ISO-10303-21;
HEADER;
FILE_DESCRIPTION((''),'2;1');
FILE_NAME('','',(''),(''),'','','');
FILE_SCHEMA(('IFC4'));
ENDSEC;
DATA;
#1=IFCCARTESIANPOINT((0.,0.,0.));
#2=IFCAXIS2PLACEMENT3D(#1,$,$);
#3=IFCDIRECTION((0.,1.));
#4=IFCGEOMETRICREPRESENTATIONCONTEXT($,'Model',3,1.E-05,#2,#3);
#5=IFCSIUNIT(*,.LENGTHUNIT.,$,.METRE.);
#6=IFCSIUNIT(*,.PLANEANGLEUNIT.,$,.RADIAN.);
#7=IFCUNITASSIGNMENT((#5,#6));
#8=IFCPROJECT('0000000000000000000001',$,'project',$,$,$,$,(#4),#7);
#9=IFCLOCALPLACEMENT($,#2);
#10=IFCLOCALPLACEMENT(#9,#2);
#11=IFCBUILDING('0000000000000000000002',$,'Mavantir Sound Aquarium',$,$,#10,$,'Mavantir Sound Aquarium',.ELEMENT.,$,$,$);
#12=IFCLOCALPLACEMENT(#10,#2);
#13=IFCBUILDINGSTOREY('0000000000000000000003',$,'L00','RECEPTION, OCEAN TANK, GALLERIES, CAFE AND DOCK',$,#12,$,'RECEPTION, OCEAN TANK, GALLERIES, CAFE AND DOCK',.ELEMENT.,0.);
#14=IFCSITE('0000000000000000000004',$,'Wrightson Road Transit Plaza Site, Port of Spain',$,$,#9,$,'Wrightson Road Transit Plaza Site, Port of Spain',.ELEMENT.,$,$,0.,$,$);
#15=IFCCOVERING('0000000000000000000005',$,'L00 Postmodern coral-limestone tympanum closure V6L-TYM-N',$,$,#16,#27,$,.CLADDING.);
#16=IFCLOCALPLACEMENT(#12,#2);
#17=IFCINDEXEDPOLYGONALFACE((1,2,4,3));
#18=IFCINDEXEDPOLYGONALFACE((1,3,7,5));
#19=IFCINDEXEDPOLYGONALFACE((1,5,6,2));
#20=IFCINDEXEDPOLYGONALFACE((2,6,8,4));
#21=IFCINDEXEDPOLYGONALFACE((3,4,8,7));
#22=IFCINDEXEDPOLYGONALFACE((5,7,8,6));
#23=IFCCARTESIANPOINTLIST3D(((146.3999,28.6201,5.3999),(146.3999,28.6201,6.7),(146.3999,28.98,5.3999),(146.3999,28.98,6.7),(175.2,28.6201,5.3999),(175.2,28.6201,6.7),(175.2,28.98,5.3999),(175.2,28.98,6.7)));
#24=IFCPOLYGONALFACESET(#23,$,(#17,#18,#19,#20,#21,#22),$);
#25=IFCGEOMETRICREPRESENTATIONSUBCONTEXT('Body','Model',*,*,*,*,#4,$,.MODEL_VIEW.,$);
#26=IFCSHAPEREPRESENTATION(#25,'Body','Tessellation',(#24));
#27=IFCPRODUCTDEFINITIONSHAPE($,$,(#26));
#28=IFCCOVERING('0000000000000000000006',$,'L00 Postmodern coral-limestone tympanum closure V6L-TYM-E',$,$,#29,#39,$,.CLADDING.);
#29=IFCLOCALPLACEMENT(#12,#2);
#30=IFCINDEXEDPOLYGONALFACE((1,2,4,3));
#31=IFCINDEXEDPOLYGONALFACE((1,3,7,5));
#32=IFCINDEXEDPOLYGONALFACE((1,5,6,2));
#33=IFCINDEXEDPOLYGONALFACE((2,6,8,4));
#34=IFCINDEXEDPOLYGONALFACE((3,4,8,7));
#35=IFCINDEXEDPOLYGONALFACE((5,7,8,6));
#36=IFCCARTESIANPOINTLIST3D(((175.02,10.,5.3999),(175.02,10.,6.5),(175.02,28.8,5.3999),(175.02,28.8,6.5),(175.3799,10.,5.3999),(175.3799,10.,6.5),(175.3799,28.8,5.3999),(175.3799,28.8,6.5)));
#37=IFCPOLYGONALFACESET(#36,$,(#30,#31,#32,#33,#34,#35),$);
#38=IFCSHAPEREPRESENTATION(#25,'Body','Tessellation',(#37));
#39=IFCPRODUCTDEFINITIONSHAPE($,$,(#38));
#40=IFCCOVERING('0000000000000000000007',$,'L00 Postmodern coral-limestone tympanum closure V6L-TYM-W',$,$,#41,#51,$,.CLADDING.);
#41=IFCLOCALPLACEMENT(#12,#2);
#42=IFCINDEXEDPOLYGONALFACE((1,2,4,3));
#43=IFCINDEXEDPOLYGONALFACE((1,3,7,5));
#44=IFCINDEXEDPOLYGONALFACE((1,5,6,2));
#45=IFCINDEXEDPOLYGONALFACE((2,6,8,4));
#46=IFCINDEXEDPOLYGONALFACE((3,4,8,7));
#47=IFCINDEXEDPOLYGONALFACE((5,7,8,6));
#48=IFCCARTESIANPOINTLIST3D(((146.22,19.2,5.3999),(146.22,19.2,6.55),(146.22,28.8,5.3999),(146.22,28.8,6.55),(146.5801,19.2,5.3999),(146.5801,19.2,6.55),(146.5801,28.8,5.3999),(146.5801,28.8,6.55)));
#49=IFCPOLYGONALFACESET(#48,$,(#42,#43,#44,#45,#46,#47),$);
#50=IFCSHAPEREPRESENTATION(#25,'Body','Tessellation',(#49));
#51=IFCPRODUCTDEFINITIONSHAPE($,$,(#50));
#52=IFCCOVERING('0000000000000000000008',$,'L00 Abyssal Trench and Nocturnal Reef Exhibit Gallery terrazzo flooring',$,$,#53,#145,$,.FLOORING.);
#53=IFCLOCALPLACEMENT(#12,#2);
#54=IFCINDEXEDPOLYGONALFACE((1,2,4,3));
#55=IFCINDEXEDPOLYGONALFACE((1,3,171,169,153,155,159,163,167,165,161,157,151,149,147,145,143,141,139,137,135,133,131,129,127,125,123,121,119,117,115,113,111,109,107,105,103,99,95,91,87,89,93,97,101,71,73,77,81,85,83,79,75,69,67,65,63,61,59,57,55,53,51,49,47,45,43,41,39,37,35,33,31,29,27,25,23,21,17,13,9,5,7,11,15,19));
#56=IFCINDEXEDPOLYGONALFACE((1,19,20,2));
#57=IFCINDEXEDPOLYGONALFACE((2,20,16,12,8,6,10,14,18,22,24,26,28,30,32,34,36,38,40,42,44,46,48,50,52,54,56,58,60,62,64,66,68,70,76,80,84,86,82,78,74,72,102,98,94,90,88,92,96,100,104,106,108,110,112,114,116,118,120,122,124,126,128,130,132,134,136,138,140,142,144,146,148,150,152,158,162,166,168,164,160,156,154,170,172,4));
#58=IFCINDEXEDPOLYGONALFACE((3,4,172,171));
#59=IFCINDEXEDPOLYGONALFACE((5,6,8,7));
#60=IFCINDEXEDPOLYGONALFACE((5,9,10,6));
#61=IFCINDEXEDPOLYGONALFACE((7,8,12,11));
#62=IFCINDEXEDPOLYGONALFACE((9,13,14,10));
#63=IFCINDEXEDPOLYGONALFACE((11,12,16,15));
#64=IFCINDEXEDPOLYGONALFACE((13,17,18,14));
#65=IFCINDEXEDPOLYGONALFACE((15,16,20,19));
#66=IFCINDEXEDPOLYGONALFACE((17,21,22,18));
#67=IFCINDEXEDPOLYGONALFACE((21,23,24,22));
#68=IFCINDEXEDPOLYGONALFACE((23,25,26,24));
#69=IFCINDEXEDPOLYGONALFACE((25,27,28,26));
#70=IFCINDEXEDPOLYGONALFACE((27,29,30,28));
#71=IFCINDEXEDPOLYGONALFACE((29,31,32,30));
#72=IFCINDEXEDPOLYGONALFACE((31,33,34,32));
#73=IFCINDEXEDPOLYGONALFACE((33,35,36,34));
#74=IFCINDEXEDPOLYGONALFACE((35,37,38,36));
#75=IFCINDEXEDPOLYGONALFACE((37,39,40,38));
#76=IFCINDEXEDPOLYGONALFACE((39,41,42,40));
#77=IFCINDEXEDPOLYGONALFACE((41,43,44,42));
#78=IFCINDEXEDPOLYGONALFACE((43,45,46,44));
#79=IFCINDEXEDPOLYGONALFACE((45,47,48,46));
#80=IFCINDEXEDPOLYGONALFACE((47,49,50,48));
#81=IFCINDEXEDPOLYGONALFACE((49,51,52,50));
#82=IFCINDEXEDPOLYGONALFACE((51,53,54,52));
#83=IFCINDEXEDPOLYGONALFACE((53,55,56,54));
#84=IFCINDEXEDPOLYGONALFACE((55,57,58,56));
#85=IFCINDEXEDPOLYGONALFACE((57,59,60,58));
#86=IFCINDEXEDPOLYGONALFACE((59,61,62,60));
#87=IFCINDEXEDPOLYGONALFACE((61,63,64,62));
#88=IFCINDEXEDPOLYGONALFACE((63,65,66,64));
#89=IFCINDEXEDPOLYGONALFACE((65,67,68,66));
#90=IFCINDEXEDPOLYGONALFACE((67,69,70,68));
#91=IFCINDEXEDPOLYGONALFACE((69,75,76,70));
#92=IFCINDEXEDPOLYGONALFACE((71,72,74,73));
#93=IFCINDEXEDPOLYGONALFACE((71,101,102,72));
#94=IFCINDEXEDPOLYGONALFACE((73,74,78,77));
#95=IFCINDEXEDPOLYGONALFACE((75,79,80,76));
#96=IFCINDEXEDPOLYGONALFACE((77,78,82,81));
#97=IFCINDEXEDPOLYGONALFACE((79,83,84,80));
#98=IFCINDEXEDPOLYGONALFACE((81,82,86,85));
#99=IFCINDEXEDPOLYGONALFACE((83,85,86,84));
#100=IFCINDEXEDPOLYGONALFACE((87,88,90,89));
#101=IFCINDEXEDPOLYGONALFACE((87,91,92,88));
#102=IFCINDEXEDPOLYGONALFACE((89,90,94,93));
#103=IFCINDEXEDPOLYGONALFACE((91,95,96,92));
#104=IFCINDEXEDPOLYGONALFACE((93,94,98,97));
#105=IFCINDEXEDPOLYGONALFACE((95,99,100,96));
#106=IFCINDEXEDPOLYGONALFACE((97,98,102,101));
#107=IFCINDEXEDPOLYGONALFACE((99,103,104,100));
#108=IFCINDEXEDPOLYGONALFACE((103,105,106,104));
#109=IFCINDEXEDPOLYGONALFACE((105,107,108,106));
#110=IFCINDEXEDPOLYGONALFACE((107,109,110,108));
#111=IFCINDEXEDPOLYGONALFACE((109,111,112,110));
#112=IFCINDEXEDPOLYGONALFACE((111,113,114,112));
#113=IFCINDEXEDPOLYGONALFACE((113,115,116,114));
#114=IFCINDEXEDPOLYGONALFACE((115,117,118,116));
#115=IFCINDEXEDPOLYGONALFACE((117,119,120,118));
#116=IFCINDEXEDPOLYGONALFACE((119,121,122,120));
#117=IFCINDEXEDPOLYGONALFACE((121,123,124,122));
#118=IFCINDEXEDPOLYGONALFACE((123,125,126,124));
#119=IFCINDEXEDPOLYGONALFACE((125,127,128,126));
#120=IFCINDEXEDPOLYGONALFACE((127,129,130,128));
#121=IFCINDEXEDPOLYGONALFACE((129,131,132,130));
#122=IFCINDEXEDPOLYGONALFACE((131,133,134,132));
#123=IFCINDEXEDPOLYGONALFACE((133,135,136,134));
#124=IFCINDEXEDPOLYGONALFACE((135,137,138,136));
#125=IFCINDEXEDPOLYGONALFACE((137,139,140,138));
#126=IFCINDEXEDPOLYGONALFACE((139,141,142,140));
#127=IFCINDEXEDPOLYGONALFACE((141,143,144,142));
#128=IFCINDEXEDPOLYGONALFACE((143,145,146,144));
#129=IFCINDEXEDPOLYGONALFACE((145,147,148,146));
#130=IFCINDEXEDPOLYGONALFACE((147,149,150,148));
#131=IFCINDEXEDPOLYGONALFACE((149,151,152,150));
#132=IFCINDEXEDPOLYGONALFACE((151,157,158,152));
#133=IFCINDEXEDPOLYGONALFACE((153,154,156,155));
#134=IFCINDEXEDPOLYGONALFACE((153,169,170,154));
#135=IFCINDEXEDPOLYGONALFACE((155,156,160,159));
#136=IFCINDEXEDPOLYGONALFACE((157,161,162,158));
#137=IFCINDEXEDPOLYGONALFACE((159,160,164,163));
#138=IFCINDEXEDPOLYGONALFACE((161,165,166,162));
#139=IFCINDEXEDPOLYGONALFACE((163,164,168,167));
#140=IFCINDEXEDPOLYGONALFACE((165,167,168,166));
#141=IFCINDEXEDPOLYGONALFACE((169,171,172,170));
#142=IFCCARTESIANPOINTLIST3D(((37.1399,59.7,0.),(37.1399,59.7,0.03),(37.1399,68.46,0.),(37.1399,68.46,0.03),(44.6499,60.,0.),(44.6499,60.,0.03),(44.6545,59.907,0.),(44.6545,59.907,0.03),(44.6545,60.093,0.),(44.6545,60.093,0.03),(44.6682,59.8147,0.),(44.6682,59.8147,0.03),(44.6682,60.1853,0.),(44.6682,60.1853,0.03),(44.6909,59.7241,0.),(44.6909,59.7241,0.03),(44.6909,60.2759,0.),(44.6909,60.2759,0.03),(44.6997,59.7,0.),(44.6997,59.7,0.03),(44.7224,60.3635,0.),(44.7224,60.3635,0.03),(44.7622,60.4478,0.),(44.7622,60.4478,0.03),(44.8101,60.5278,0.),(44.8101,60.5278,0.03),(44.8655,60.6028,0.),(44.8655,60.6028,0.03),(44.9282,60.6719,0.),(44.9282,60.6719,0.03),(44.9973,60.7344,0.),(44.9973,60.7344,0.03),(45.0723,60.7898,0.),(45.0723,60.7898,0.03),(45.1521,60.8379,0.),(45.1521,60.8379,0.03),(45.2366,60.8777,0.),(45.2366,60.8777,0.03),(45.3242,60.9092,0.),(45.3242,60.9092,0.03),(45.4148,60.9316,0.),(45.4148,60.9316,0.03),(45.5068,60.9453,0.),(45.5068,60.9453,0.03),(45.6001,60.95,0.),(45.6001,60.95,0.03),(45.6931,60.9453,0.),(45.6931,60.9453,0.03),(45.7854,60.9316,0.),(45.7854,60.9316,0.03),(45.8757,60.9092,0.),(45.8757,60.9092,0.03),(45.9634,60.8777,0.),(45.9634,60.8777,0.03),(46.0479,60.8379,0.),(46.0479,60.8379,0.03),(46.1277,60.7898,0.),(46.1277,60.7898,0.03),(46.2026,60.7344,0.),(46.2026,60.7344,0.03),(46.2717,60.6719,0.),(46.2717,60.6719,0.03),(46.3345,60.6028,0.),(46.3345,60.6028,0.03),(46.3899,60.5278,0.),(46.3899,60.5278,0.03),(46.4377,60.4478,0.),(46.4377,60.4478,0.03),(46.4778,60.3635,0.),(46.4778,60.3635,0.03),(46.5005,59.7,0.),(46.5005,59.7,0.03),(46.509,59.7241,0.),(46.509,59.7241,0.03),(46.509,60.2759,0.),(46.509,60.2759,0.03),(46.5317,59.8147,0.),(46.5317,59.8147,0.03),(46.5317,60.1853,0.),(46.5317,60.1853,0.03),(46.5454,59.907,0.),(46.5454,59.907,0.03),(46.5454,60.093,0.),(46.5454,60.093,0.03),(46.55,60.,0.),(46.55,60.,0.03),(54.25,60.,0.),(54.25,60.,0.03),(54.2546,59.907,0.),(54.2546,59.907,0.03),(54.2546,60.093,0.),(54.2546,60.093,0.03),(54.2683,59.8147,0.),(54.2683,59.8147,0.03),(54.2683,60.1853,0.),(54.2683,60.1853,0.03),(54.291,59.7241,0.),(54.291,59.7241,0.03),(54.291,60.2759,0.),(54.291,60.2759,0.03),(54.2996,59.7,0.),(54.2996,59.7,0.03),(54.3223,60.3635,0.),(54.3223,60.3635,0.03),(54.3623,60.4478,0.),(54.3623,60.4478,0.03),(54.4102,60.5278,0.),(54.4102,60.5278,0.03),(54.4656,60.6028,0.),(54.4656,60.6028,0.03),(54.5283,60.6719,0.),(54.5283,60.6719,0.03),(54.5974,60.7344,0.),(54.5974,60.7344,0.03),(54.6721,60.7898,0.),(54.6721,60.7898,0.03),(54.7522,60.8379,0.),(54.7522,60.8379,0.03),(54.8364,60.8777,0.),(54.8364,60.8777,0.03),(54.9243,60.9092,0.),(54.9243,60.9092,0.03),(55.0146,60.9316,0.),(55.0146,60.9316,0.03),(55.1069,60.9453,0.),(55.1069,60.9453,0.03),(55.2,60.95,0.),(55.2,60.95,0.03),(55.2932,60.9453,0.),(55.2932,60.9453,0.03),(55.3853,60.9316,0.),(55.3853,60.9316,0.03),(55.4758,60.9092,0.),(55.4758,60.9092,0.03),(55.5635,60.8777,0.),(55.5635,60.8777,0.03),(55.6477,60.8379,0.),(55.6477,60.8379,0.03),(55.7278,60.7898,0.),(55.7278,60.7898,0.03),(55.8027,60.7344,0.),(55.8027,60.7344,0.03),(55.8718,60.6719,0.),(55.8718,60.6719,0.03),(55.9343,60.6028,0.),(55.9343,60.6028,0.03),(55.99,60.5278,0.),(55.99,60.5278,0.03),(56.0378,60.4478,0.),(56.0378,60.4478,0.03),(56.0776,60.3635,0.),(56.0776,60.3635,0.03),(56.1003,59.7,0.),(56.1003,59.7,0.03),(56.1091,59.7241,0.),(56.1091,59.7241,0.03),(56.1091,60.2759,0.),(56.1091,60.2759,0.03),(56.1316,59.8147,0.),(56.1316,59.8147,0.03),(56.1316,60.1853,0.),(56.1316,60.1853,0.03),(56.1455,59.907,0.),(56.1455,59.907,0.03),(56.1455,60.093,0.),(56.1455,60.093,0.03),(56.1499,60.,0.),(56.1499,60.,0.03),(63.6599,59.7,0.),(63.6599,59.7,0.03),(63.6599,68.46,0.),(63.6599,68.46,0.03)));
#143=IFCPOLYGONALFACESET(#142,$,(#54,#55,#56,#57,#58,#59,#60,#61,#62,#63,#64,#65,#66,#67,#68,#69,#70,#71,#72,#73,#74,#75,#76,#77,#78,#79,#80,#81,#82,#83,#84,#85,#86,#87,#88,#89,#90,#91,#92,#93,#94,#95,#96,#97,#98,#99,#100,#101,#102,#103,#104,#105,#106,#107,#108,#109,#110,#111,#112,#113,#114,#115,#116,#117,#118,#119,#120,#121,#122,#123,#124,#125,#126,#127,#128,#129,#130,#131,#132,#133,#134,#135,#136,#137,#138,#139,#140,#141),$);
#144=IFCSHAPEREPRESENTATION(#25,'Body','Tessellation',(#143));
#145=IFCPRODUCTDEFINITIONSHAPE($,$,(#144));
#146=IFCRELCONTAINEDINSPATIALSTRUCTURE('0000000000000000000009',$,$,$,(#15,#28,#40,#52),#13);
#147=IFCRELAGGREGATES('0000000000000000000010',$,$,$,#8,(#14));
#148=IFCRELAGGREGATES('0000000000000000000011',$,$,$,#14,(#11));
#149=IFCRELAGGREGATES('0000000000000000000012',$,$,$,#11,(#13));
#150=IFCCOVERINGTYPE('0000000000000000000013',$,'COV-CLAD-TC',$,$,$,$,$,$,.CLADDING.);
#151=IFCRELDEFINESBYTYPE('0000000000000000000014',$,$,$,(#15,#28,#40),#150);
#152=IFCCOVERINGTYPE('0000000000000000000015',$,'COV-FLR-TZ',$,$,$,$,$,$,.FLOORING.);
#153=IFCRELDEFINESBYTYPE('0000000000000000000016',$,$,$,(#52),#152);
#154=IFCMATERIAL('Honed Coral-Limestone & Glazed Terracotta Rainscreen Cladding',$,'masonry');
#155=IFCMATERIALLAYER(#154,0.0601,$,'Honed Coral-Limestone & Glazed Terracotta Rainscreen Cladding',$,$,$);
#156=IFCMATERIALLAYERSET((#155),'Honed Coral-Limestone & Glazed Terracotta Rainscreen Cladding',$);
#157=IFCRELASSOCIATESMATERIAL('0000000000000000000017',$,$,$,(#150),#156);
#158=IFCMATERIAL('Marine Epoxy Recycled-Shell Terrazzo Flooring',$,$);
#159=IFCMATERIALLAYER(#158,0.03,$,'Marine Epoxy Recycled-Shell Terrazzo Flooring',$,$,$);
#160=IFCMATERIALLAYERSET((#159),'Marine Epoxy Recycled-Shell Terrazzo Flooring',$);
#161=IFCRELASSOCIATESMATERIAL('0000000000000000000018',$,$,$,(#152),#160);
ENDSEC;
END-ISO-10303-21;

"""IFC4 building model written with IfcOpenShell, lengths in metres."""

from ifc_helpers import new_model, si_unit, direction, frame, origin, place, context, subcontext, project, spatial, polyline, outline, extrude, material, layer, layer_set, type_object, element, save


model = new_model("IFC4")

# Units and contexts
model_context = context("Model", 3, precision=1e-05, world=origin(), true_north=direction((0.0, 1.0)))
body_context = subcontext(model_context, "Body", "Model", "MODEL_VIEW")
ifc_project = project(units=[si_unit("LENGTHUNIT", "METRE"), si_unit("PLANEANGLEUNIT", "RADIAN")], contexts=[model_context])

# Site, building, storey
site_placement = place(None, origin())
site = spatial("IfcSite", under=ifc_project, at=site_placement, Name="Wrightson Road Transit Plaza Site, Port of Spain", LongName="Wrightson Road Transit Plaza Site, Port of Spain", CompositionType="ELEMENT", RefElevation=0.0)
building_placement = place(site_placement, origin())
building = spatial("IfcBuilding", under=site, at=building_placement, Name="Mavantir Sound Aquarium", LongName="Mavantir Sound Aquarium", CompositionType="ELEMENT")
storey_placement = place(building_placement, origin())
storey = spatial("IfcBuildingStorey", under=building, at=storey_placement, Name="L00", Description="RECEPTION, OCEAN TANK, GALLERIES, CAFE AND DOCK", LongName="RECEPTION, OCEAN TANK, GALLERIES, CAFE AND DOCK", CompositionType="ELEMENT", Elevation=0.0)

# Coverings
ifc_material_1 = material(Name="Honed Coral-Limestone & Glazed Terracotta Rainscreen Cladding", Category="masonry")
ifc_layer_1 = layer(ifc_material_1, 0.0601, Name="Honed Coral-Limestone & Glazed Terracotta Rainscreen Cladding")
ifc_layer_set_1 = layer_set([ifc_layer_1], Name="Honed Coral-Limestone & Glazed Terracotta Rainscreen Cladding")
covering_type_1 = type_object("IfcCoveringType", Name="COV-CLAD-TC", PredefinedType="CLADDING", material=ifc_layer_set_1)
covering_1_placement = place(storey_placement, frame((0.0, 0.0, 5.3999)))
element("IfcCovering", 1, at=covering_1_placement, inside=storey, type_object=covering_type_1, Name="L00 Postmodern coral-limestone tympanum closure V6L-TYM-N", PredefinedType="CLADDING", context=body_context, shape_type="SweptSolid", body=[
    extrude(outline(polyline([(146.3999, 28.6201), (175.2, 28.6201), (175.2, 28.98), (146.3999, 28.98), (146.3999, 28.6201)])), origin(), (0.0, 0.0, 1.0), 1.3),
])
covering_2_placement = place(storey_placement, frame((0.0, 0.0, 5.3999)))
element("IfcCovering", 2, at=covering_2_placement, inside=storey, type_object=covering_type_1, Name="L00 Postmodern coral-limestone tympanum closure V6L-TYM-E", PredefinedType="CLADDING", context=body_context, shape_type="SweptSolid", body=[
    extrude(outline(polyline([(175.02, 10.0), (175.3799, 10.0), (175.3799, 28.8), (175.02, 28.8), (175.02, 10.0)])), origin(), (0.0, 0.0, 1.0), 1.1001),
])
covering_3_placement = place(storey_placement, frame((0.0, 0.0, 5.3999)))
element("IfcCovering", 3, at=covering_3_placement, inside=storey, type_object=covering_type_1, Name="L00 Postmodern coral-limestone tympanum closure V6L-TYM-W", PredefinedType="CLADDING", context=body_context, shape_type="SweptSolid", body=[
    extrude(outline(polyline([(146.22, 19.2), (146.5801, 19.2), (146.5801, 28.8), (146.22, 28.8), (146.22, 19.2)])), origin(), (0.0, 0.0, 1.0), 1.1501),
])
ifc_material_2 = material(Name="Marine Epoxy Recycled-Shell Terrazzo Flooring")
ifc_layer_2 = layer(ifc_material_2, 0.03, Name="Marine Epoxy Recycled-Shell Terrazzo Flooring")
ifc_layer_set_2 = layer_set([ifc_layer_2], Name="Marine Epoxy Recycled-Shell Terrazzo Flooring")
covering_type_2 = type_object("IfcCoveringType", Name="COV-FLR-TZ", PredefinedType="FLOORING", material=ifc_layer_set_2)
covering_4_placement = place(storey_placement, origin())
element("IfcCovering", 4, at=covering_4_placement, inside=storey, type_object=covering_type_2, Name="L00 Abyssal Trench and Nocturnal Reef Exhibit Gallery terrazzo flooring", PredefinedType="FLOORING", context=body_context, shape_type="SweptSolid", body=[
    extrude(outline(polyline([(63.6599, 68.46), (63.6599, 59.7), (56.1003, 59.7), (56.1091, 59.7241), (56.1316, 59.8147), (56.1455, 59.907), (56.1499, 60.0), (56.1455, 60.093), (56.1316, 60.1853), (56.1091, 60.2759), (56.0776, 60.3635), (56.0378, 60.4478), (55.99, 60.5278), (55.9343, 60.6028), (55.8718, 60.6719), (55.8027, 60.7344), (55.7278, 60.7898), (55.6477, 60.8379), (55.5635, 60.8777), (55.4758, 60.9092), (55.3853, 60.9316), (55.2932, 60.9453), (55.2, 60.95), (55.1069, 60.9453), (55.0146, 60.9316), (54.9243, 60.9092), (54.8364, 60.8777), (54.7522, 60.8379), (54.6721, 60.7898), (54.5974, 60.7344), (54.5283, 60.6719), (54.4656, 60.6028), (54.4102, 60.5278), (54.3623, 60.4478), (54.3223, 60.3635), (54.291, 60.2759), (54.2683, 60.1853), (54.2546, 60.093), (54.25, 60.0), (54.2546, 59.907), (54.2683, 59.8147), (54.291, 59.7241), (54.2996, 59.7), (46.5005, 59.7), (46.509, 59.7241), (46.5317, 59.8147), (46.5454, 59.907), (46.55, 60.0), (46.5454, 60.093), (46.5317, 60.1853), (46.509, 60.2759), (46.4778, 60.3635), (46.4377, 60.4478), (46.3899, 60.5278), (46.3345, 60.6028), (46.2717, 60.6719), (46.2026, 60.7344), (46.1277, 60.7898), (46.0479, 60.8379), (45.9634, 60.8777), (45.8757, 60.9092), (45.7854, 60.9316), (45.6931, 60.9453), (45.6001, 60.95), (45.5068, 60.9453), (45.4148, 60.9316), (45.3242, 60.9092), (45.2366, 60.8777), (45.1521, 60.8379), (45.0723, 60.7898), (44.9973, 60.7344), (44.9282, 60.6719), (44.8655, 60.6028), (44.8101, 60.5278), (44.7622, 60.4478), (44.7224, 60.3635), (44.6909, 60.2759), (44.6682, 60.1853), (44.6545, 60.093), (44.6499, 60.0), (44.6545, 59.907), (44.6682, 59.8147), (44.6909, 59.7241), (44.6997, 59.7), (37.1399, 59.7), (37.1399, 68.46), (63.6599, 68.46)])), origin(), (0.0, 0.0, 1.0), 0.03),
])

save(model, "model.ifc")
